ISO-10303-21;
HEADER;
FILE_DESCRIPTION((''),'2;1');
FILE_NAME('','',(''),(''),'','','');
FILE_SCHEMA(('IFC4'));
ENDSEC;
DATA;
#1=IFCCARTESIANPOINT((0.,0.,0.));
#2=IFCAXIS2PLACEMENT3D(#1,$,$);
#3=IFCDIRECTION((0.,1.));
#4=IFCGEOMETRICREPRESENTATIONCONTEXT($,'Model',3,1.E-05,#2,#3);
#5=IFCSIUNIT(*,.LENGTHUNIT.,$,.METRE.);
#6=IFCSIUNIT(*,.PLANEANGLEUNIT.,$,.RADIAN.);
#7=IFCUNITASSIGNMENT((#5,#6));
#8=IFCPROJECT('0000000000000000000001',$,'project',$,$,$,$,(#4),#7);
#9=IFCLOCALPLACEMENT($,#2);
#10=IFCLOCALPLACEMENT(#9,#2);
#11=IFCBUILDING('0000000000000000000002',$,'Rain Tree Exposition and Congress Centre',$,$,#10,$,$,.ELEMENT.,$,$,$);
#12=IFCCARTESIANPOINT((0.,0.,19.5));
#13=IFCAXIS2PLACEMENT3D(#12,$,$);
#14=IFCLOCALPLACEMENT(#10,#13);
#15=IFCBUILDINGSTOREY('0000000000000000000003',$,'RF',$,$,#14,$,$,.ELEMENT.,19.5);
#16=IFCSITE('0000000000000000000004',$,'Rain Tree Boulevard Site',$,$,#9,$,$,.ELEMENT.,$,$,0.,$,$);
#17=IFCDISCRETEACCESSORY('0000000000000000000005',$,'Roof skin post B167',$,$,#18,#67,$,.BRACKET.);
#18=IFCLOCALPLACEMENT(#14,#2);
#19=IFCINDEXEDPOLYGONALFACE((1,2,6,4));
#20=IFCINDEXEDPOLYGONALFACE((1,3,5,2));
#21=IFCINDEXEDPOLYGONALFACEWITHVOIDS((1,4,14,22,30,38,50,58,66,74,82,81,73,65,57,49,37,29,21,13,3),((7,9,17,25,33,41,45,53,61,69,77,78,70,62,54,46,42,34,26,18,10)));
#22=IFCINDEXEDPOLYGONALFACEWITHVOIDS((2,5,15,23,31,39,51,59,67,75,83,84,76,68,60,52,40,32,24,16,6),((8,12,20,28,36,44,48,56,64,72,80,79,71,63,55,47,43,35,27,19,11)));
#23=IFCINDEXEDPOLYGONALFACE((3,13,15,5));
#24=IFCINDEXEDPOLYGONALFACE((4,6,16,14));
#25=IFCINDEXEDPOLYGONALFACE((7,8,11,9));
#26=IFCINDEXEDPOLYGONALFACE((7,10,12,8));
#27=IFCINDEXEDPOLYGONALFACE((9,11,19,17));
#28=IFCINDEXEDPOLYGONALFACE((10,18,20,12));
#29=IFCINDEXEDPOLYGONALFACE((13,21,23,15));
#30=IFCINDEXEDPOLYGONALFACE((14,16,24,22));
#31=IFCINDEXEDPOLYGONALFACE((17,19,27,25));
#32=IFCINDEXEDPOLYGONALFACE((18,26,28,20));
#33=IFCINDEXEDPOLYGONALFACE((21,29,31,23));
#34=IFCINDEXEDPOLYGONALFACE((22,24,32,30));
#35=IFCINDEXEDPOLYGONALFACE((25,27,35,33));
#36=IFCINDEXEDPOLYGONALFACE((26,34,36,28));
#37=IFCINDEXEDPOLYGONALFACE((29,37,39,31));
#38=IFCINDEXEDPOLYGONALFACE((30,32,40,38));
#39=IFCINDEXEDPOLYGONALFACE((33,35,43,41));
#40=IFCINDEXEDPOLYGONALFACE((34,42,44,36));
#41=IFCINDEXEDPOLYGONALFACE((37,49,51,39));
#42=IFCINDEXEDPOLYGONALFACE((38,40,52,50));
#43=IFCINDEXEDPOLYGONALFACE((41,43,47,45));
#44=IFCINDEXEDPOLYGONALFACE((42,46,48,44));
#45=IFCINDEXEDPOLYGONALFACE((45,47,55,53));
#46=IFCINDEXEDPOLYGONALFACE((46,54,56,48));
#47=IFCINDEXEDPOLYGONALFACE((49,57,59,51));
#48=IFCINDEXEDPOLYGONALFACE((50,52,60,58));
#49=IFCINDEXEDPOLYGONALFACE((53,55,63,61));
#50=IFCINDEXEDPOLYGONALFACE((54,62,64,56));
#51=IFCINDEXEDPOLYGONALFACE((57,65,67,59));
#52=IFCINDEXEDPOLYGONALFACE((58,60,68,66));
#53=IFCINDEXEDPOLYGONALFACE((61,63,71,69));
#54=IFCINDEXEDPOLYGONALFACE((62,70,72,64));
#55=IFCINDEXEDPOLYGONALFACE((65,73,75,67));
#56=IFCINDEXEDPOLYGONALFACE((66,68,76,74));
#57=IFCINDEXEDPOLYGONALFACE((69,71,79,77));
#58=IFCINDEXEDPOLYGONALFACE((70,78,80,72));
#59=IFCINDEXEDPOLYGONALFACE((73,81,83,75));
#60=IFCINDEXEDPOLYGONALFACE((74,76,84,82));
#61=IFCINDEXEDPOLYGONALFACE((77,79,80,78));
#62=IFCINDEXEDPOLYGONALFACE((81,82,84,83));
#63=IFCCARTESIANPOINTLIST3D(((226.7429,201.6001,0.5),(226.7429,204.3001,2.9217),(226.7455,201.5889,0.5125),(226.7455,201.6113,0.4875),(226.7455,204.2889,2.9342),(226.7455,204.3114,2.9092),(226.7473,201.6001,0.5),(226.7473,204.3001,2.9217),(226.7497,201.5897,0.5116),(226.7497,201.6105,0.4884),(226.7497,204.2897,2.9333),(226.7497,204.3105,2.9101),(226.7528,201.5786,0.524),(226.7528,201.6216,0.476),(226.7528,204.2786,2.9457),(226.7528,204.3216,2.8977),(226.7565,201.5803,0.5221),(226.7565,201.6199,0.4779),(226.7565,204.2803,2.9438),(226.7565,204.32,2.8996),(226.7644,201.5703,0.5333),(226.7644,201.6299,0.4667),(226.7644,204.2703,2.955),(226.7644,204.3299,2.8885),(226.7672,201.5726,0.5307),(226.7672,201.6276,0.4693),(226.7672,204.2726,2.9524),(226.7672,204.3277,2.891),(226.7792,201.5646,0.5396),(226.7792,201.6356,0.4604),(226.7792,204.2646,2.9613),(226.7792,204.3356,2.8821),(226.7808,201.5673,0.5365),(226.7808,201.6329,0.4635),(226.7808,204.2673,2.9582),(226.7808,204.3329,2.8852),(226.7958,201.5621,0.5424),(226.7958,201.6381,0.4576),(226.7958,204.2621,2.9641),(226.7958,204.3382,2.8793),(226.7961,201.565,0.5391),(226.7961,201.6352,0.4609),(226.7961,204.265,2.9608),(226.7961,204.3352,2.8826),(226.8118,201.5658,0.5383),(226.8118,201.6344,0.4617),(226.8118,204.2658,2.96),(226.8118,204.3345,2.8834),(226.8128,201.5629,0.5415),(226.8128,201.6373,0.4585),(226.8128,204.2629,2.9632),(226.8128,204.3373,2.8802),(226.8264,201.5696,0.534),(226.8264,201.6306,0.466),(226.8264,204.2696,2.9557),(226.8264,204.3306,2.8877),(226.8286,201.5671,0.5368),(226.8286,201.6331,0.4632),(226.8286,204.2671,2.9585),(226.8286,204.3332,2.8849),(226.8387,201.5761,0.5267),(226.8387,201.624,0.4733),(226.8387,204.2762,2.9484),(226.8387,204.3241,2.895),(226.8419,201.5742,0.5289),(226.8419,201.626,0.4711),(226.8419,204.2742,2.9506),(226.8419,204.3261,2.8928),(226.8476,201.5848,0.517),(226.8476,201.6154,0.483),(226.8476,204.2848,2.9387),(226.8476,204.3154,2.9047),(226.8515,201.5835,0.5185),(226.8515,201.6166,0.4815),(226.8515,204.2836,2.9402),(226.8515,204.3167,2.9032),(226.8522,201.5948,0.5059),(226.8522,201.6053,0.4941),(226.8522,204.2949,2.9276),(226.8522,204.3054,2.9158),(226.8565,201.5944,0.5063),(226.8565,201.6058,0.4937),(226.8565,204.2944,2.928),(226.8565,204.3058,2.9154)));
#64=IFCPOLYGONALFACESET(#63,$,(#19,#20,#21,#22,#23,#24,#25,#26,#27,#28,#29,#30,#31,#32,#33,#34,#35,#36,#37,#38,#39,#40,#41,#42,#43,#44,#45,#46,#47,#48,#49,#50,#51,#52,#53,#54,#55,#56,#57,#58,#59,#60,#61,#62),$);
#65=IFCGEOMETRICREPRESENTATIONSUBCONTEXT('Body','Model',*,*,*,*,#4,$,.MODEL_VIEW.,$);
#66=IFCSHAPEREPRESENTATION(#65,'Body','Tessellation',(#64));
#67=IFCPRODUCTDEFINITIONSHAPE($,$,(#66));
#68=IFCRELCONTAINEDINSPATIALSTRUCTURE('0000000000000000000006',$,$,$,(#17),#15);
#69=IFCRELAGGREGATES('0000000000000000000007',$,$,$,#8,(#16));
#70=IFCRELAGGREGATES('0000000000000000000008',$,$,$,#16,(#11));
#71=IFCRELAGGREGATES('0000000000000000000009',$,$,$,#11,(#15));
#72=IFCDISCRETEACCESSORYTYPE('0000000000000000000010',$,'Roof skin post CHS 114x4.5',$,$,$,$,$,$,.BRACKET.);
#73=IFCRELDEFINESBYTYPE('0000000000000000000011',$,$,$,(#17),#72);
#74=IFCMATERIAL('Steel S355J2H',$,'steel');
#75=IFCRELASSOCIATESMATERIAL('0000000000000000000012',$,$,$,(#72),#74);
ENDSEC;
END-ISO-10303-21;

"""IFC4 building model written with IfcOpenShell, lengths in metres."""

from ifc_helpers import new_model, si_unit, direction, frame, origin, origin_2d, place, context, subcontext, project, spatial, hollow_circle, extrude, material, material_profile, profile_set, type_object, element, save


model = new_model("IFC4")

# Units and contexts
model_context = context("Model", 3, precision=1e-05, world=origin(), true_north=direction((0.0, 1.0)))
body_context = subcontext(model_context, "Body", "Model", "MODEL_VIEW")
ifc_project = project(units=[si_unit("LENGTHUNIT", "METRE"), si_unit("PLANEANGLEUNIT", "RADIAN")], contexts=[model_context])

# Site, building, storey
site_placement = place(None, origin())
site = spatial("IfcSite", under=ifc_project, at=site_placement, Name="Rain Tree Boulevard Site", CompositionType="ELEMENT", RefElevation=0.0)
building_placement = place(site_placement, origin())
building = spatial("IfcBuilding", under=site, at=building_placement, Name="Rain Tree Exposition and Congress Centre", CompositionType="ELEMENT")
storey_placement = place(building_placement, frame((0.0, 0.0, 19.5)))
storey = spatial("IfcBuildingStorey", under=building, at=storey_placement, Name="RF", CompositionType="ELEMENT", Elevation=19.5)

# Discrete accessory
ifc_material_1 = material(Name="Steel S355J2H", Category="steel")
ifc_material_profile_1 = material_profile(ifc_material_1, hollow_circle(Radius=0.0571, WallThickness=0.0044, at=origin_2d()), Name="CHS 114x4.5")
ifc_profile_set_1 = profile_set([ifc_material_profile_1], Name="Steel S355J2H")
discrete_accessory_type_1 = type_object("IfcDiscreteAccessoryType", Name="Roof skin post CHS 114x4.5", PredefinedType="BRACKET", material=ifc_profile_set_1)
discrete_accessory_1_placement = place(storey_placement, frame((226.8, 201.6001, 0.5), z_axis=(0.0, 0.744434, 0.667696), x_axis=(-1.0, 0.0, 0.0)))
element("IfcDiscreteAccessory", 1, at=discrete_accessory_1_placement, inside=storey, type_object=discrete_accessory_type_1, Name="Roof skin post B167", PredefinedType="BRACKET", context=body_context, shape_type="SweptSolid", body=[
    extrude(hollow_circle(Radius=0.0571, WallThickness=0.0044, at=origin_2d()), origin(), (0.0, 0.0, 1.0), 3.627),
])

save(model, "model.ifc")
